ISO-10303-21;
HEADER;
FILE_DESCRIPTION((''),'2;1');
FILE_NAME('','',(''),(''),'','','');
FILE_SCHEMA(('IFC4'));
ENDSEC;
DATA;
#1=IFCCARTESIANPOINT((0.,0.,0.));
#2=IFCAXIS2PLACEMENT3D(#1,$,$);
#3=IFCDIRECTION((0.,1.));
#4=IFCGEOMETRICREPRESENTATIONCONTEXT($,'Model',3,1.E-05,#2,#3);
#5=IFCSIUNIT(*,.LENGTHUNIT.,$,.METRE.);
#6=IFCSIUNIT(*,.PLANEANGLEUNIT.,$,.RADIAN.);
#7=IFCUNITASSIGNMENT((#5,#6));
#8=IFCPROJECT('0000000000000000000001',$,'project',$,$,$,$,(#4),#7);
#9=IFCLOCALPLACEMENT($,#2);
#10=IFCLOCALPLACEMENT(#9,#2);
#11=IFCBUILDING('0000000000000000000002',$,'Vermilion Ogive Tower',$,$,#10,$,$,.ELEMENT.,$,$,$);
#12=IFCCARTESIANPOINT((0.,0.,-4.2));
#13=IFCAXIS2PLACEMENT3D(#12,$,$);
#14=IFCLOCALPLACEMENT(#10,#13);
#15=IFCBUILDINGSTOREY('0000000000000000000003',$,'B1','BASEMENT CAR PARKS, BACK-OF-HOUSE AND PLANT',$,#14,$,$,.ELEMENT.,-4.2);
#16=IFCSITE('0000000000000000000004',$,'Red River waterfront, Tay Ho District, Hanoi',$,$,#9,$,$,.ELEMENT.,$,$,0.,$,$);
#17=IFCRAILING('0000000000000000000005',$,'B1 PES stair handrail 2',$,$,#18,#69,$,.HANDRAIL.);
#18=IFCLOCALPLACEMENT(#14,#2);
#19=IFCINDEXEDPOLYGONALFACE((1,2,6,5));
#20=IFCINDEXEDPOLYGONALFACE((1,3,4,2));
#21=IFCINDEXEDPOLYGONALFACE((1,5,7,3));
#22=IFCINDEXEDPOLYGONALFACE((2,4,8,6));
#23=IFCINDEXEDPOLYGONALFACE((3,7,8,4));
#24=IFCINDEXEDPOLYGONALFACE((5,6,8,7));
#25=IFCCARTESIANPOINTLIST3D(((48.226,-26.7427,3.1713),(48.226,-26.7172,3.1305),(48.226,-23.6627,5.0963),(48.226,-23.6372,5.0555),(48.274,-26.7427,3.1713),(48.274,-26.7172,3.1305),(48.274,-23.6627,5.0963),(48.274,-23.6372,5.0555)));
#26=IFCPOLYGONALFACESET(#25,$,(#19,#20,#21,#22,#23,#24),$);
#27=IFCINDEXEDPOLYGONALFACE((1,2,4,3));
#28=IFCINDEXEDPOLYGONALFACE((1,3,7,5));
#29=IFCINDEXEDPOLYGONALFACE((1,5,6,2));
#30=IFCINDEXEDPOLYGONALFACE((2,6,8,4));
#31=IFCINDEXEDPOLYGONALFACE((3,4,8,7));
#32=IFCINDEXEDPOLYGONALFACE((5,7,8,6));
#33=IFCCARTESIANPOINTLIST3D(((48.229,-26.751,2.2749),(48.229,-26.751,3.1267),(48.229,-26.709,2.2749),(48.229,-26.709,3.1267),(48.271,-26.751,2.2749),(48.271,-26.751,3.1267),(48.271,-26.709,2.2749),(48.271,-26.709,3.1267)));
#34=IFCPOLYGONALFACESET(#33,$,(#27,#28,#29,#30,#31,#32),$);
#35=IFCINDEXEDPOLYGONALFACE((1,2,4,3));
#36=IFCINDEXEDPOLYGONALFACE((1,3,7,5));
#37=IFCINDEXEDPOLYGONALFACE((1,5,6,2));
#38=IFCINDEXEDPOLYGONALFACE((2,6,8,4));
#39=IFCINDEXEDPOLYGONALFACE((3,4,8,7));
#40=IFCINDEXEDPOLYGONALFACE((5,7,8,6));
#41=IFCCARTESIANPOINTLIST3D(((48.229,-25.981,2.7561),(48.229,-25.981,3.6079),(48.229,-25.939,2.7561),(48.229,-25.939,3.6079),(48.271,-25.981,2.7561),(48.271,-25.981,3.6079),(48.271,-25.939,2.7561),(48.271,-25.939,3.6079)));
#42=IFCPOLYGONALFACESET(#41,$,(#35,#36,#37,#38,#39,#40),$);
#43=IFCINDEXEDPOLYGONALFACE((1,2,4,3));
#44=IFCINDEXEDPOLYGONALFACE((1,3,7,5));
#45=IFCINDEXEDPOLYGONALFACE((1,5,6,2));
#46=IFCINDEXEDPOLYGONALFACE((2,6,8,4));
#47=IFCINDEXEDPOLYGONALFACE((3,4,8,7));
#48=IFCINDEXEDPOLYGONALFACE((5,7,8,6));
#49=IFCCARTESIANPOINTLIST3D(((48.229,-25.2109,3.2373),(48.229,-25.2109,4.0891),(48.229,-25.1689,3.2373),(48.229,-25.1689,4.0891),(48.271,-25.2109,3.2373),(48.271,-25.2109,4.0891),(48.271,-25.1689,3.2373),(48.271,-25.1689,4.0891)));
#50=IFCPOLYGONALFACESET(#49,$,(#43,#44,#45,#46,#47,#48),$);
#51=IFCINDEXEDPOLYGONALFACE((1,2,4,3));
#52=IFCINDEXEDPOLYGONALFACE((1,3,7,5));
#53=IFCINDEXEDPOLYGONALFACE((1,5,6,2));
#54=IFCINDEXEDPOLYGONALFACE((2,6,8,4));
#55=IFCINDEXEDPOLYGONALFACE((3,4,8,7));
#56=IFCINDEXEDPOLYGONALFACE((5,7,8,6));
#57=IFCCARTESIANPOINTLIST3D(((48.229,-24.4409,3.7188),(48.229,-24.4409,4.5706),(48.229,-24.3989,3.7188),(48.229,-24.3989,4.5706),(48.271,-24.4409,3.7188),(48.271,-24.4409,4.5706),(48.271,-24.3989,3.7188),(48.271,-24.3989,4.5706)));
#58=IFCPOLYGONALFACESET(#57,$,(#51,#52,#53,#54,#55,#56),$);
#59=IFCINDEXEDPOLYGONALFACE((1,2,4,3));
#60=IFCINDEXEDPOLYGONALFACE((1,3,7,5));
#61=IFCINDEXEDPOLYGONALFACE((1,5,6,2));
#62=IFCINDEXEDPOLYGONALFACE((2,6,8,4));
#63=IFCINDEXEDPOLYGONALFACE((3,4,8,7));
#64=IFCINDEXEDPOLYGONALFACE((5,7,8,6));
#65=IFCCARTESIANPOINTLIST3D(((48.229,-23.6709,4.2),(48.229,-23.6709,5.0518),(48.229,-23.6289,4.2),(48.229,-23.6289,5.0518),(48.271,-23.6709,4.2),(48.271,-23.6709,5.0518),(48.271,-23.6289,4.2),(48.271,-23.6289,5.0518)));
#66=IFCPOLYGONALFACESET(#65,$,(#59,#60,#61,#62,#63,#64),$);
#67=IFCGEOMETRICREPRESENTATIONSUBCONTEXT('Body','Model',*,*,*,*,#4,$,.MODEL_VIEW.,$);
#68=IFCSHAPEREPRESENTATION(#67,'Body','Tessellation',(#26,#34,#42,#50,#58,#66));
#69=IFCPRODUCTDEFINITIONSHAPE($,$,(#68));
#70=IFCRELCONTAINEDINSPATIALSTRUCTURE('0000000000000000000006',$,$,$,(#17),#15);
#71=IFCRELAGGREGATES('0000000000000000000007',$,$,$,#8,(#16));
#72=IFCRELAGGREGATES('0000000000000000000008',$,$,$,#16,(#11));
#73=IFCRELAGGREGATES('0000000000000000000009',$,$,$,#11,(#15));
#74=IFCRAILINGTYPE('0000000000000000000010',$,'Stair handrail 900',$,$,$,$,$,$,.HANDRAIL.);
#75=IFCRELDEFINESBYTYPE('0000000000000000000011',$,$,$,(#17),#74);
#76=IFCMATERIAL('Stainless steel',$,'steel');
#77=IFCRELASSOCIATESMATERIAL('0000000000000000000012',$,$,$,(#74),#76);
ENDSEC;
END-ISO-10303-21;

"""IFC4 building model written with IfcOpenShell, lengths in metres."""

from ifc_helpers import new_model, si_unit, direction, frame, origin, origin_2d, place, context, subcontext, project, spatial, rectangle, extrude, material, type_object, element, save


model = new_model("IFC4")

# Units and contexts
model_context = context("Model", 3, precision=1e-05, world=origin(), true_north=direction((0.0, 1.0)))
body_context = subcontext(model_context, "Body", "Model", "MODEL_VIEW")
ifc_project = project(units=[si_unit("LENGTHUNIT", "METRE"), si_unit("PLANEANGLEUNIT", "RADIAN")], contexts=[model_context])

# Site, building, storey
site_placement = place(None, origin())
site = spatial("IfcSite", under=ifc_project, at=site_placement, Name="Red River waterfront, Tay Ho District, Hanoi", CompositionType="ELEMENT", RefElevation=0.0)
building_placement = place(site_placement, origin())
building = spatial("IfcBuilding", under=site, at=building_placement, Name="Vermilion Ogive Tower", CompositionType="ELEMENT")
storey_placement = place(building_placement, frame((0.0, 0.0, -4.2)))
storey = spatial("IfcBuildingStorey", under=building, at=storey_placement, Name="B1", Description="BASEMENT CAR PARKS, BACK-OF-HOUSE AND PLANT", CompositionType="ELEMENT", Elevation=-4.2)

# Railing
ifc_material_1 = material(Name="Stainless steel", Category="steel")
railing_type_1 = type_object("IfcRailingType", Name="Stair handrail 900", PredefinedType="HANDRAIL", material=ifc_material_1)
railing_1_placement = place(storey_placement, frame((48.25, -26.73, 2.2749)))
element("IfcRailing", 1, at=railing_1_placement, inside=storey, type_object=railing_type_1, Name="B1 PES stair handrail 2", PredefinedType="HANDRAIL", context=body_context, shape_type="SweptSolid", body=[
    extrude(rectangle(XDim=0.0481, YDim=0.0481, at=origin_2d()), frame((0.0, 0.0, 0.876), z_axis=(0.0, 0.847998, 0.529999), x_axis=(-1.0, 0.0, 0.0)), (0.0, 0.0, 1.0), 3.6321),
    extrude(rectangle(XDim=0.042, YDim=0.042, at=origin_2d()), origin(), (0.0, 0.0, 1.0), 0.8518),
    extrude(rectangle(XDim=0.042, YDim=0.042, at=origin_2d()), frame((0.0, 0.77, 0.4812)), (0.0, 0.0, 1.0), 0.8518),
    extrude(rectangle(XDim=0.042, YDim=0.042, at=origin_2d()), frame((0.0, 1.54, 0.9624)), (0.0, 0.0, 1.0), 0.8518),
    extrude(rectangle(XDim=0.042, YDim=0.042, at=origin_2d()), frame((0.0, 2.3101, 1.4438)), (0.0, 0.0, 1.0), 0.8518),
    extrude(rectangle(XDim=0.042, YDim=0.042, at=origin_2d()), frame((0.0, 3.0801, 1.925)), (0.0, 0.0, 1.0), 0.8518),
])

save(model, "model.ifc")
